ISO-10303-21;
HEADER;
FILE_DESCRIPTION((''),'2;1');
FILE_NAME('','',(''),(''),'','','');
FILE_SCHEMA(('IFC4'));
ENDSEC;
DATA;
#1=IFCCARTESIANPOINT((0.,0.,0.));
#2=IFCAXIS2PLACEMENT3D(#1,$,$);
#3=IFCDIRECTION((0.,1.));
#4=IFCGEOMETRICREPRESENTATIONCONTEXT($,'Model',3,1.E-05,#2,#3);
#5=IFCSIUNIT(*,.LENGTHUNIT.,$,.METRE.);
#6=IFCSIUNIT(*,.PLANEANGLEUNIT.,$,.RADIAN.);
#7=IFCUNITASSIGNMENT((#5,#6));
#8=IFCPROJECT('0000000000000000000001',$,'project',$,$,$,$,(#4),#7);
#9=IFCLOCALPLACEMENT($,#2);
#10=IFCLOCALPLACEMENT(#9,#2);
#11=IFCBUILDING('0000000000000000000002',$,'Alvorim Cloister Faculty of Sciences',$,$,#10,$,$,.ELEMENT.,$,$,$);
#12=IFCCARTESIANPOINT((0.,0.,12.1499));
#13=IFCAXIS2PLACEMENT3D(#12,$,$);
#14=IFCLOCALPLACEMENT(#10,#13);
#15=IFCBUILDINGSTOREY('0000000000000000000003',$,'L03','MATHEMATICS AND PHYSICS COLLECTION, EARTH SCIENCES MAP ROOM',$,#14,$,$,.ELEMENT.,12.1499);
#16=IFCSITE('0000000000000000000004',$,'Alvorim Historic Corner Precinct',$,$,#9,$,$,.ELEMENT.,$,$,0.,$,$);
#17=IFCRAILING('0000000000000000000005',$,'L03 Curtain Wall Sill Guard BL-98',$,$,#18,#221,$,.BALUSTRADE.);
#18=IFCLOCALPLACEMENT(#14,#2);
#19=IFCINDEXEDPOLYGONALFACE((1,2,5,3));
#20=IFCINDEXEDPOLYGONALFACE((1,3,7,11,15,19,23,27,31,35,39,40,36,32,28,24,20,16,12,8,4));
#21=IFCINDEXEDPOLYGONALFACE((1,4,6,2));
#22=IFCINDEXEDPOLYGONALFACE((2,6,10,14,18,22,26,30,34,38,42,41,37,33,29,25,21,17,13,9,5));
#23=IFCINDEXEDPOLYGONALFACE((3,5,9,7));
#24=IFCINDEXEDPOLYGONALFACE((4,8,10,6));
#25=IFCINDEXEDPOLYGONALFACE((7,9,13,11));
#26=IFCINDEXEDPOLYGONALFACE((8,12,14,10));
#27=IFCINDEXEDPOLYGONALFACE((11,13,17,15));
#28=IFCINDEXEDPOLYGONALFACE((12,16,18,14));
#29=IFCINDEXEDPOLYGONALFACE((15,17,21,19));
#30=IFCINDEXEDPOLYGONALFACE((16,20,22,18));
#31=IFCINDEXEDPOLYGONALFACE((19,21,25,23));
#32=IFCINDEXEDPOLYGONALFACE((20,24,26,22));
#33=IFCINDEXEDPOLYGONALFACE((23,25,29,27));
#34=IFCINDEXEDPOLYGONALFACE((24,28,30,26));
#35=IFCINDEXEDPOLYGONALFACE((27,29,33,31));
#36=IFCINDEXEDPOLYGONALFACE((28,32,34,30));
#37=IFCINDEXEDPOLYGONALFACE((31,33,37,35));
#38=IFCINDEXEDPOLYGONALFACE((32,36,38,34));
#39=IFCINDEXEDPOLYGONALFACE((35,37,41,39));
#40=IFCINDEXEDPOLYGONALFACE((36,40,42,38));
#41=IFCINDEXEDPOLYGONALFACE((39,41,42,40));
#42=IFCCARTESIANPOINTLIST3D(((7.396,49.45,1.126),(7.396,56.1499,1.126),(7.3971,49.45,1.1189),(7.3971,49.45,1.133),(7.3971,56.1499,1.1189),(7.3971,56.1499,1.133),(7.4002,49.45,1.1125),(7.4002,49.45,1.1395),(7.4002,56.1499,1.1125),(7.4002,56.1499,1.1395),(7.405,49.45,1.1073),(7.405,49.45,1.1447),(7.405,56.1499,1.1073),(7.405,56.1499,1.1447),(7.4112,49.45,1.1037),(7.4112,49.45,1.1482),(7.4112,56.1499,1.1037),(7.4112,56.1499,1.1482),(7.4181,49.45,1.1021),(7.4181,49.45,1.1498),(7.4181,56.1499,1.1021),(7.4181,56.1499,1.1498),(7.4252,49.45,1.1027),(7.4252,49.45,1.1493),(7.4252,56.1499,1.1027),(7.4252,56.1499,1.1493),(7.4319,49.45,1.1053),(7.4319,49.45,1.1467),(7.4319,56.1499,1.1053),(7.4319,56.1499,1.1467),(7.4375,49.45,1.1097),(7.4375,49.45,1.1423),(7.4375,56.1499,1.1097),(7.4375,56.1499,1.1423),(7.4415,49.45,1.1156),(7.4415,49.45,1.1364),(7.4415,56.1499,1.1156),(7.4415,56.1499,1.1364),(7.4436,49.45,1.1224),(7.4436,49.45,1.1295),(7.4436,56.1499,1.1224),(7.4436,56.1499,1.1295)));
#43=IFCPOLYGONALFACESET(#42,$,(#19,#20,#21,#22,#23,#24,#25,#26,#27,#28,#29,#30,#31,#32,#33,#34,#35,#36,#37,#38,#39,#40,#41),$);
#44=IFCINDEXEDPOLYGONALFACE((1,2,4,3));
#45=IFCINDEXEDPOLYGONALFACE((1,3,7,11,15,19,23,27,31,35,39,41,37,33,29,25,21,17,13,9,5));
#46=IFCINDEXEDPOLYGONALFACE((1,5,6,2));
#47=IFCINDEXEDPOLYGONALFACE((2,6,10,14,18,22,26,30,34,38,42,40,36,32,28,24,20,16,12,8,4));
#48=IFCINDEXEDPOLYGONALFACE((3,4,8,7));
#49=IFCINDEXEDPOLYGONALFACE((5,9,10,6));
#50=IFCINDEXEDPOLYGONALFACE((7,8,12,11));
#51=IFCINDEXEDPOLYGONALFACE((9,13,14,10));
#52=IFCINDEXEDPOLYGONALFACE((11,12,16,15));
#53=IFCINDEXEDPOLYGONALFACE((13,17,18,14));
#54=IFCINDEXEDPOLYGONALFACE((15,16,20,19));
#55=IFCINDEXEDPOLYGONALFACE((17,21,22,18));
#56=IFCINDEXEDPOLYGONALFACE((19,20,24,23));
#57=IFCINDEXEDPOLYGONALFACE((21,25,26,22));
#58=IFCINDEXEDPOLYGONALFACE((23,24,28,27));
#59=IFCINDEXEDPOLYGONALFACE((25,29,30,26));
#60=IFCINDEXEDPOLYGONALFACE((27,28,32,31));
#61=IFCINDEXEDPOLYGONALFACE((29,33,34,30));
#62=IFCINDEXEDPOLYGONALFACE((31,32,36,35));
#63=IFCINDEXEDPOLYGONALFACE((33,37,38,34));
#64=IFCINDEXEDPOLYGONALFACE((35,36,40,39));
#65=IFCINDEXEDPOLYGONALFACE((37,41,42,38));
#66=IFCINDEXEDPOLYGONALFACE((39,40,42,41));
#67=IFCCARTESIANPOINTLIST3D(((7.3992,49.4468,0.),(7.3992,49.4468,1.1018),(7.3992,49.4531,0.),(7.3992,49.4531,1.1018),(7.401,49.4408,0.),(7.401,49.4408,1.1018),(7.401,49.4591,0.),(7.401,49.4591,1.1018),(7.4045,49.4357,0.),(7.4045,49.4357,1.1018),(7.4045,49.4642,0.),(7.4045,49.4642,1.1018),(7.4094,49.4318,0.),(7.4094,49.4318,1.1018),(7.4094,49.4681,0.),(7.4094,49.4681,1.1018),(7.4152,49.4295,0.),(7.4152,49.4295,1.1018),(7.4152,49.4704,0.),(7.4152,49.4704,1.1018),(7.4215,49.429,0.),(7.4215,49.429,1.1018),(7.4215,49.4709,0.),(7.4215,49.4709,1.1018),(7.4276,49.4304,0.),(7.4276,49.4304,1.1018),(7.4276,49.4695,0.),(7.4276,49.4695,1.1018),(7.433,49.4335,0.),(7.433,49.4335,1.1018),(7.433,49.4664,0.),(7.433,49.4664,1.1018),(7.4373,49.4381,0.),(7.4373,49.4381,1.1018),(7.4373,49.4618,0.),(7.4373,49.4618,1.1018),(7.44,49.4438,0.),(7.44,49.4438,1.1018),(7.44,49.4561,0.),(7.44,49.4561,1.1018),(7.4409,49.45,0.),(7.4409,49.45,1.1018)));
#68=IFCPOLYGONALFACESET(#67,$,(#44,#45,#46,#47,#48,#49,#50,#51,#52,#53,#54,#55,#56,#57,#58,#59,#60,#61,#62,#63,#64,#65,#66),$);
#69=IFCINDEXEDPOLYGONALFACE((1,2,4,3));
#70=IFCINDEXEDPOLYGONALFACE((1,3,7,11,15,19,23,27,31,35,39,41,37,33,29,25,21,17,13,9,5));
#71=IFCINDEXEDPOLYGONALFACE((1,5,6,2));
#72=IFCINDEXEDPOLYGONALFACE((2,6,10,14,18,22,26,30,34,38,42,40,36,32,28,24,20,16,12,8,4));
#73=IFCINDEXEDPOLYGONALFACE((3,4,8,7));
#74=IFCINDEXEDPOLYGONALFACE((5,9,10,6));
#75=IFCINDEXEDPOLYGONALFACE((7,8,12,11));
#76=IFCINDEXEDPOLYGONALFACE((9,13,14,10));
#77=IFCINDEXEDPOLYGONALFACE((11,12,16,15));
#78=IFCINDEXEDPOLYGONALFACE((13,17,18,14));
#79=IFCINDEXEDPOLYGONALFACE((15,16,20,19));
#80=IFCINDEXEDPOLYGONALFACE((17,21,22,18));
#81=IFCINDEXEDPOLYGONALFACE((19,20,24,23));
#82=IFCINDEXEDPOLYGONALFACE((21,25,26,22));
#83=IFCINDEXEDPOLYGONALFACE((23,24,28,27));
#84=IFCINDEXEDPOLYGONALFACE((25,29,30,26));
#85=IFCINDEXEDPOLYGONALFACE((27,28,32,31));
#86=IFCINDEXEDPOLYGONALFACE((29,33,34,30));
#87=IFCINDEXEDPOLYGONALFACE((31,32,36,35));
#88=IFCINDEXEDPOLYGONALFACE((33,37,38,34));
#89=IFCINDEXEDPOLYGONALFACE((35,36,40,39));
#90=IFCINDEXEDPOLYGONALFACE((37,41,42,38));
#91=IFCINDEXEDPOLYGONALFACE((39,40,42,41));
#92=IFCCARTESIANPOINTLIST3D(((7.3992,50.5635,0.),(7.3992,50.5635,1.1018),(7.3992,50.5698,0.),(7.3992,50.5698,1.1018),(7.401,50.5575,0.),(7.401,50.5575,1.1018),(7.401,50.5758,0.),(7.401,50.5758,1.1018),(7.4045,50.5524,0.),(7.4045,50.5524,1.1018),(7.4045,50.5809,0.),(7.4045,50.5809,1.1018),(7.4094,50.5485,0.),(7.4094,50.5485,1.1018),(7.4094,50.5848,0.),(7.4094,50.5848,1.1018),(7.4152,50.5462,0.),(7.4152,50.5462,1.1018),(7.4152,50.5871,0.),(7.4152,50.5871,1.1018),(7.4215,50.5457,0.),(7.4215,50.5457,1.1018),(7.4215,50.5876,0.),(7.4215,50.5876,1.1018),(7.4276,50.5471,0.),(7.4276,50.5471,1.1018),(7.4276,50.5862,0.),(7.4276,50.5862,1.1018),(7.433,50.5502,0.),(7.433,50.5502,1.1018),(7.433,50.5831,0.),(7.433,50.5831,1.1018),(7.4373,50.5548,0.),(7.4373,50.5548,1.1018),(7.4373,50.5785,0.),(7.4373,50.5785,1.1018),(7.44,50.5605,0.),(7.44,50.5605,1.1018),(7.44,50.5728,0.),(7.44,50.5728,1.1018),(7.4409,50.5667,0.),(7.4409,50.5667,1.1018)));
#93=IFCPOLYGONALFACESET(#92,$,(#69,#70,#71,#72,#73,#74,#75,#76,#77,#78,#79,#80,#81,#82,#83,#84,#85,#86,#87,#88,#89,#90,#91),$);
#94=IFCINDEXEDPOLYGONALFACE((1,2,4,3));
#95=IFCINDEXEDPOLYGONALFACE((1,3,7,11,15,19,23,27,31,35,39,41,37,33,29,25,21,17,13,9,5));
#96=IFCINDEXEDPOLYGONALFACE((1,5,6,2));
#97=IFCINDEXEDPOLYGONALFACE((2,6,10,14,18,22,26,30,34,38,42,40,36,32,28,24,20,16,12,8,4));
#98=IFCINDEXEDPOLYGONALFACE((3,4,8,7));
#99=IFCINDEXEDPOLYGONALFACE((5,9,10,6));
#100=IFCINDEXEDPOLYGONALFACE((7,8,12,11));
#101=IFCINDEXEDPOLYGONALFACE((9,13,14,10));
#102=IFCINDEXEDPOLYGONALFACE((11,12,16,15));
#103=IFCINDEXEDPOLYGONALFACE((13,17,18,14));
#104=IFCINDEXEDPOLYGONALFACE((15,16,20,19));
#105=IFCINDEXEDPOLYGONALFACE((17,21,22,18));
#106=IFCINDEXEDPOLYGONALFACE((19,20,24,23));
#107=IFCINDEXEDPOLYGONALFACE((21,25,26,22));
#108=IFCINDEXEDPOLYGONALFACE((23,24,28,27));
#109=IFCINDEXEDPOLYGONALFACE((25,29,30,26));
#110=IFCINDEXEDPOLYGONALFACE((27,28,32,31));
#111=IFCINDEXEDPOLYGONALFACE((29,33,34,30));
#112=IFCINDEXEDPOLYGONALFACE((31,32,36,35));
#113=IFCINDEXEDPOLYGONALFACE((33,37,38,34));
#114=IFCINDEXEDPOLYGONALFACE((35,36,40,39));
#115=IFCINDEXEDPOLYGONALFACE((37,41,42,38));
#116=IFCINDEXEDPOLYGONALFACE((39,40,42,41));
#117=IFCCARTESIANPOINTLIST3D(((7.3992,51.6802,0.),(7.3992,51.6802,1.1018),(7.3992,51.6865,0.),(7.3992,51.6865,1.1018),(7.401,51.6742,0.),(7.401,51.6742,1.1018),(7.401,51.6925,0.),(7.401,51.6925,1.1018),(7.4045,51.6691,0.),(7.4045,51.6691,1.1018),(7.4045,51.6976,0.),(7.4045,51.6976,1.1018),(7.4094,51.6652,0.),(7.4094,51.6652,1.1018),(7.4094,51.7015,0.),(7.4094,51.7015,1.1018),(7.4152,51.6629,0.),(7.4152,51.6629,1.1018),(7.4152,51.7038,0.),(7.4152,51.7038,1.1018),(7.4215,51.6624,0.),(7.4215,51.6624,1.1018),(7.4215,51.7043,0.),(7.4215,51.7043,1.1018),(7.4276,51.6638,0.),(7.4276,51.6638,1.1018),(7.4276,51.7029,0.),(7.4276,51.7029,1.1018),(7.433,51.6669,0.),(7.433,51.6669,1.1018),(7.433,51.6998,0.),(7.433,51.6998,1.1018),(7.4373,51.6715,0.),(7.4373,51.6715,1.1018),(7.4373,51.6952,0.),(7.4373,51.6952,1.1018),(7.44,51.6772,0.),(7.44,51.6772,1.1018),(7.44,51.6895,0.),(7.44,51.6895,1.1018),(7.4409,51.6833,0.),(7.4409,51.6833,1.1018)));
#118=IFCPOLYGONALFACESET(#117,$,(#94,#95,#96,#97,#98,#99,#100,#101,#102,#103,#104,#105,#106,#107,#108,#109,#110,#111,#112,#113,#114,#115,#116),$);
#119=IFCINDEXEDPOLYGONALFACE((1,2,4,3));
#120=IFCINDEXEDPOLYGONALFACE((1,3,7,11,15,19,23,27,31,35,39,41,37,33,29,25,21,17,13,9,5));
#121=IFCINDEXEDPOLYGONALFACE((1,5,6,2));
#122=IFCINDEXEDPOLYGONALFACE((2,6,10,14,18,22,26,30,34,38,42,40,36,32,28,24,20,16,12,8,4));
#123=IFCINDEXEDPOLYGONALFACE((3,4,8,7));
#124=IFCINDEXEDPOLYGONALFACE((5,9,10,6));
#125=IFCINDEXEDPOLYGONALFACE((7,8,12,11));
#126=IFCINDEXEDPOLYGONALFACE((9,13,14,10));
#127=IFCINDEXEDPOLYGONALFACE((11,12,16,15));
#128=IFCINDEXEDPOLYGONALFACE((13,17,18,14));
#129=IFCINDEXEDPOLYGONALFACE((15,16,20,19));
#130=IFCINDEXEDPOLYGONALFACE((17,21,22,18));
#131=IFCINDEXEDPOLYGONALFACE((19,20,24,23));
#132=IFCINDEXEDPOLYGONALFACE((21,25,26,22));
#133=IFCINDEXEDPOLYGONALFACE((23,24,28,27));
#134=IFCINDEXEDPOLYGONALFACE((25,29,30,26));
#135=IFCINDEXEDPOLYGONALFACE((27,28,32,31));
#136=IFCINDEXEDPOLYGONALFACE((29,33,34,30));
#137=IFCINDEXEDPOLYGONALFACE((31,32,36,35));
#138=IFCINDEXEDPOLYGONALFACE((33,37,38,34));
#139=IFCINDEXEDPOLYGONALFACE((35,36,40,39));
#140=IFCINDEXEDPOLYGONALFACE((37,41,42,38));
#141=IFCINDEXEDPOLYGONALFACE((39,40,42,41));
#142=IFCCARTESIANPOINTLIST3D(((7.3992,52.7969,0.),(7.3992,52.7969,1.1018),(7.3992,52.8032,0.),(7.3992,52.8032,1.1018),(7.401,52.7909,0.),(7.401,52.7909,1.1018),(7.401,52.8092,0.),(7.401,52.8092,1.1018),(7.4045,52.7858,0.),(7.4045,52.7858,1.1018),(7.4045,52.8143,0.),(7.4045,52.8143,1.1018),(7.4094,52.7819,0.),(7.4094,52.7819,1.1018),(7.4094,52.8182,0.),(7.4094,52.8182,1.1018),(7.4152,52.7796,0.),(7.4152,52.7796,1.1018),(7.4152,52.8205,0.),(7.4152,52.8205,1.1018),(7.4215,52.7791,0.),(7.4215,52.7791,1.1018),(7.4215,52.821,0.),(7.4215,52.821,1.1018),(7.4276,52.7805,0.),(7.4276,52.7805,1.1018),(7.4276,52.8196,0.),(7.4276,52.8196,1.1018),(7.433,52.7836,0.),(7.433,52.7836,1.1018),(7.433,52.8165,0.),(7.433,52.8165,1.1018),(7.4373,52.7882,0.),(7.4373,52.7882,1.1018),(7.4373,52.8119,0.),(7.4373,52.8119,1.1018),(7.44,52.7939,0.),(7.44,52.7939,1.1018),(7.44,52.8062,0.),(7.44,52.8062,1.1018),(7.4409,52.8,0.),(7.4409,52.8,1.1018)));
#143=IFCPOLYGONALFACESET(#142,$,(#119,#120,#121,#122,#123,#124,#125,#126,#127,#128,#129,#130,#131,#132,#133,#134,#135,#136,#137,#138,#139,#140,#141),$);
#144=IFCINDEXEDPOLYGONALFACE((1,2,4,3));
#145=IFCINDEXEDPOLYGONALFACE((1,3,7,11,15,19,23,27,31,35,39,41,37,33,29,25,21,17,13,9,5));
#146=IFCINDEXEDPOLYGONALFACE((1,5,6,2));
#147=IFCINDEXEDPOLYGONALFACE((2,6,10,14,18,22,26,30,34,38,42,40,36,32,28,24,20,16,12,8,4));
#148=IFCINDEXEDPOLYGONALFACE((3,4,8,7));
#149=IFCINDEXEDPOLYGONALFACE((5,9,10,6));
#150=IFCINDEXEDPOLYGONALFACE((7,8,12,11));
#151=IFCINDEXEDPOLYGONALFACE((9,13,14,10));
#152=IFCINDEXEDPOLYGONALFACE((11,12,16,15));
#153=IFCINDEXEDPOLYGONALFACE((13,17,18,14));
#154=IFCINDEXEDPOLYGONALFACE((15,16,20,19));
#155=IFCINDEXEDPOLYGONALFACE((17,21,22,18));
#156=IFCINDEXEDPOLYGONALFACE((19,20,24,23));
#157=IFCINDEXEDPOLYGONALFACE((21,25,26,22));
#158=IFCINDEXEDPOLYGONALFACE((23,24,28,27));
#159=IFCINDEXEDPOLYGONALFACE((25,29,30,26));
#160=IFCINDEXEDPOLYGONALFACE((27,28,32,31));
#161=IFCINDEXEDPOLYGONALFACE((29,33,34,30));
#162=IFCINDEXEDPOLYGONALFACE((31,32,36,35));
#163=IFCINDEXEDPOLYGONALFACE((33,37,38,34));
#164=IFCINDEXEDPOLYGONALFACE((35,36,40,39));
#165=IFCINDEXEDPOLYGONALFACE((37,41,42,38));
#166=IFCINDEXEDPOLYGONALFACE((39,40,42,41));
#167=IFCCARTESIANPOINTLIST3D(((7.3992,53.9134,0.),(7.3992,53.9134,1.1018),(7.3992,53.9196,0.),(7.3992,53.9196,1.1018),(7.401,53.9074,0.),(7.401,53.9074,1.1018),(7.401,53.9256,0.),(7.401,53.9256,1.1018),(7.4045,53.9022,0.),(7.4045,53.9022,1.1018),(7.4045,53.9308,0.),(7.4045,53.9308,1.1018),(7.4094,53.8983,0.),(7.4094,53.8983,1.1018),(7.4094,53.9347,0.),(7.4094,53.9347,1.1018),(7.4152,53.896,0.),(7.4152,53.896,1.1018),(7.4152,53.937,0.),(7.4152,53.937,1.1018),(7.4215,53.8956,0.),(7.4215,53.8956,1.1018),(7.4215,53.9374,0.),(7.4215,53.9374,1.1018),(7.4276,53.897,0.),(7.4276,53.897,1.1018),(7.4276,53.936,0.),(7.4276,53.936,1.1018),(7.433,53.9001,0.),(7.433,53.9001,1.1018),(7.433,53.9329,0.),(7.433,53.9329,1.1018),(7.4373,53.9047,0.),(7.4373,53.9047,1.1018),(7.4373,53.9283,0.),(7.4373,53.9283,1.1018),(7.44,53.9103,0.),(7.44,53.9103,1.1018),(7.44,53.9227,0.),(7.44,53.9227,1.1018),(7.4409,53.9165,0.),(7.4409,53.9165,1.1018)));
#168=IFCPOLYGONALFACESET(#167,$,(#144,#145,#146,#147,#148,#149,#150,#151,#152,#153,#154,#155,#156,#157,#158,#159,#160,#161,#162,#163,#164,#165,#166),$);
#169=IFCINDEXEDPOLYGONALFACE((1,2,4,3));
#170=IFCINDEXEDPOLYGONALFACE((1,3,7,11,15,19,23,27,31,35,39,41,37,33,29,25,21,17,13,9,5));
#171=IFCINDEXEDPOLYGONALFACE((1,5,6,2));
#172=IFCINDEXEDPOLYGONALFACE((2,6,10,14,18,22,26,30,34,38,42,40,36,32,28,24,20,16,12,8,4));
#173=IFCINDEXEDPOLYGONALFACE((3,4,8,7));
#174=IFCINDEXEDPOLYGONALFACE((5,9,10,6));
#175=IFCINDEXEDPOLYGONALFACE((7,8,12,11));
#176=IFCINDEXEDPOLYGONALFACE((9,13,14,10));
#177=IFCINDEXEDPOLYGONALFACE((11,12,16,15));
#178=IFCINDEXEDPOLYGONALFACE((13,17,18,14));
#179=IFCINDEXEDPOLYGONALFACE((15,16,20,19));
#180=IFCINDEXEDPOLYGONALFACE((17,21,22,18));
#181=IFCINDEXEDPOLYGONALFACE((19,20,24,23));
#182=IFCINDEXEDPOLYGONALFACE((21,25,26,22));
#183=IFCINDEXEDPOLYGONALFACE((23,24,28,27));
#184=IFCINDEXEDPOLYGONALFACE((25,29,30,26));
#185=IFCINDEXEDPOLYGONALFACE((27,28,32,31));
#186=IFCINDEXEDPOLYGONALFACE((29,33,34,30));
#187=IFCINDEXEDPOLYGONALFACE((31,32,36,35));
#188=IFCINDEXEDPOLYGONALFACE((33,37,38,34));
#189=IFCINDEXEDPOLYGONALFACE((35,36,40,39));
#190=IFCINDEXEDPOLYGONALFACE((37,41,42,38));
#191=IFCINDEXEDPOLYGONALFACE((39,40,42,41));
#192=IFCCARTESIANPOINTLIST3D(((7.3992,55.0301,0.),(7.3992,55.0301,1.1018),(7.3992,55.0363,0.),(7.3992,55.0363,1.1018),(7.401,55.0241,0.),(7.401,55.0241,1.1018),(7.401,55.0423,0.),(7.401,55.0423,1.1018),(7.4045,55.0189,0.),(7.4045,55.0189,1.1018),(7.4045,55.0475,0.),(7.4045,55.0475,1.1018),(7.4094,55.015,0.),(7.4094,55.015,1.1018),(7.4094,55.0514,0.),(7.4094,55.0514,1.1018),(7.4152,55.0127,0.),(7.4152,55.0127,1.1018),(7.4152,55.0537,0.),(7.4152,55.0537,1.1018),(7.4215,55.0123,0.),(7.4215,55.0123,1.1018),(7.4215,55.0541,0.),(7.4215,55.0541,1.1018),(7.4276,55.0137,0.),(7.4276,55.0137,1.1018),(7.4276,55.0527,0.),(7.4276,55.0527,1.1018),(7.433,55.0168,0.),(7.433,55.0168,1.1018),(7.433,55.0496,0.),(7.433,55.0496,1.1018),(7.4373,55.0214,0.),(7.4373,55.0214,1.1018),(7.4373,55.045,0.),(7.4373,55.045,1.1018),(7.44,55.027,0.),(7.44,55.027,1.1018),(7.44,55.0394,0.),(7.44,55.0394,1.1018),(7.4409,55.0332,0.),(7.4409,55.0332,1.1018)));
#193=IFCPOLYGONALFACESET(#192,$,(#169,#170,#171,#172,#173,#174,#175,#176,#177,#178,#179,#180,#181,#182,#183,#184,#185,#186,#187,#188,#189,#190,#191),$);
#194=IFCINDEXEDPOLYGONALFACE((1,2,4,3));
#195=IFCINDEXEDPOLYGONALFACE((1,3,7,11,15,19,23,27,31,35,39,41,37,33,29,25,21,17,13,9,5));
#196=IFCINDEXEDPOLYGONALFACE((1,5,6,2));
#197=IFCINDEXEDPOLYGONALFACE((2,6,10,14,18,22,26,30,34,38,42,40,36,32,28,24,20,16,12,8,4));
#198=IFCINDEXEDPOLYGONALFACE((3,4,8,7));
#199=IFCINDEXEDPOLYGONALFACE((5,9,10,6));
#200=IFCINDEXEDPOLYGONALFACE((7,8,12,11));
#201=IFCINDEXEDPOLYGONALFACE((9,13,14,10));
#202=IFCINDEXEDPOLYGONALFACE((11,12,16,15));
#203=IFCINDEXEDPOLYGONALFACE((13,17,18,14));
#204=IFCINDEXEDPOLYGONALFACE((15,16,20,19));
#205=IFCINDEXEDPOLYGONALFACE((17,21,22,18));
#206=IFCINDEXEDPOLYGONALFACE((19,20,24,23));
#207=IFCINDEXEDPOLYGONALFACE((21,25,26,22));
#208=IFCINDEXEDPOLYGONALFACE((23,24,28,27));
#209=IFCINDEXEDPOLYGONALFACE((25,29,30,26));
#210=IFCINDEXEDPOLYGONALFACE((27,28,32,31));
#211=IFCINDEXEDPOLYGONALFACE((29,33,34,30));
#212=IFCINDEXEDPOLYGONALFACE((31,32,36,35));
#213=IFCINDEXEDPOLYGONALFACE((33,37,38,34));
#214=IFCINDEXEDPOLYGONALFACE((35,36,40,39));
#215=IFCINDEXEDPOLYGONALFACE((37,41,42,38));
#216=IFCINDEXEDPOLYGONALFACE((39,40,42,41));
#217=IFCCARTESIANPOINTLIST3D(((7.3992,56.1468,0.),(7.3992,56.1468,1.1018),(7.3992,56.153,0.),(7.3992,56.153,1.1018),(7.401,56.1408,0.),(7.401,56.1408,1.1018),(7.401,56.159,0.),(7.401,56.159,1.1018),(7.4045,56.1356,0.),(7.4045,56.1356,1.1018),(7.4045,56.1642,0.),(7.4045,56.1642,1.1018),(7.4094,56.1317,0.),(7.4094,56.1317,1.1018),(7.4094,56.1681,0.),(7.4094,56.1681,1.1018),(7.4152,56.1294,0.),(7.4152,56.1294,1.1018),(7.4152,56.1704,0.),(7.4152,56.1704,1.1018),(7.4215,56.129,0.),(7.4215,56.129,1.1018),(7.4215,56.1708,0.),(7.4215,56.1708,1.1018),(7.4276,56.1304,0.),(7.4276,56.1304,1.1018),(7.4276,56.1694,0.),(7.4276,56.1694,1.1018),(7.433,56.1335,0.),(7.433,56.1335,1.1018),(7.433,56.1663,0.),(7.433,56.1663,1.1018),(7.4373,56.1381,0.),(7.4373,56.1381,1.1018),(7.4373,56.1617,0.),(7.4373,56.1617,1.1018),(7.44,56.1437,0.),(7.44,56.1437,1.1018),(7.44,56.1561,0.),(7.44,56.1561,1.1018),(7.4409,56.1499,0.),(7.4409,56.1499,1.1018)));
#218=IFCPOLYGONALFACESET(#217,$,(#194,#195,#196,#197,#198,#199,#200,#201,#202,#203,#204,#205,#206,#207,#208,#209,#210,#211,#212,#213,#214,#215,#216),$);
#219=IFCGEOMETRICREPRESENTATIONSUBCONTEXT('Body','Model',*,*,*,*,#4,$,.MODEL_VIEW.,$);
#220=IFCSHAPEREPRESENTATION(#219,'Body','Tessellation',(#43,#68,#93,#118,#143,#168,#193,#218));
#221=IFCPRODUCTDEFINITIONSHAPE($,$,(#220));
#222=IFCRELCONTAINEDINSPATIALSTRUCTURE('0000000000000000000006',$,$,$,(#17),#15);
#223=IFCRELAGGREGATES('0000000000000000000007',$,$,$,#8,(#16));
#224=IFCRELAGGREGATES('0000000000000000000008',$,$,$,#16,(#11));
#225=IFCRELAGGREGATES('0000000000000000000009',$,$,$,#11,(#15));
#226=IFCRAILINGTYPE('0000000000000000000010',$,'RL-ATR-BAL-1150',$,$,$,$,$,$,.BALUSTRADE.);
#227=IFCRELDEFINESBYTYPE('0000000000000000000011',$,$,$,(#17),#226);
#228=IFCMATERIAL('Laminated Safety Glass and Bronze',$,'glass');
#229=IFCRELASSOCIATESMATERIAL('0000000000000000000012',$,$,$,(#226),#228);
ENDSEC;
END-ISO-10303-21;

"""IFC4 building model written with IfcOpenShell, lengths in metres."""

from ifc_helpers import new_model, si_unit, direction, frame, origin, origin_2d, place, context, subcontext, project, spatial, circle, extrude, material, type_object, element, save


model = new_model("IFC4")

# Units and contexts
model_context = context("Model", 3, precision=1e-05, world=origin(), true_north=direction((0.0, 1.0)))
body_context = subcontext(model_context, "Body", "Model", "MODEL_VIEW")
ifc_project = project(units=[si_unit("LENGTHUNIT", "METRE"), si_unit("PLANEANGLEUNIT", "RADIAN")], contexts=[model_context])

# Site, building, storey
site_placement = place(None, origin())
site = spatial("IfcSite", under=ifc_project, at=site_placement, Name="Alvorim Historic Corner Precinct", CompositionType="ELEMENT", RefElevation=0.0)
building_placement = place(site_placement, origin())
building = spatial("IfcBuilding", under=site, at=building_placement, Name="Alvorim Cloister Faculty of Sciences", CompositionType="ELEMENT")
storey_placement = place(building_placement, frame((0.0, 0.0, 12.1499)))
storey = spatial("IfcBuildingStorey", under=building, at=storey_placement, Name="L03", Description="MATHEMATICS AND PHYSICS COLLECTION, EARTH SCIENCES MAP ROOM", CompositionType="ELEMENT", Elevation=12.1499)

# Railing
ifc_material_1 = material(Name="Laminated Safety Glass and Bronze", Category="glass")
railing_type_1 = type_object("IfcRailingType", Name="RL-ATR-BAL-1150", PredefinedType="BALUSTRADE", material=ifc_material_1)
railing_1_placement = place(storey_placement, frame((7.4199, 49.45, 0.0)))
element("IfcRailing", 1, at=railing_1_placement, inside=storey, type_object=railing_type_1, Name="L03 Curtain Wall Sill Guard BL-98", PredefinedType="BALUSTRADE", context=body_context, shape_type="SweptSolid", body=[
    extrude(circle(Radius=0.0239, at=origin_2d()), frame((0.0, 0.0, 1.126), z_axis=(0.0, 1.0, 0.0), x_axis=(-1.0, 0.0, 0.0)), (0.0, 0.0, 1.0), 6.7),
    extrude(circle(Radius=0.021, at=origin_2d()), origin(), (0.0, 0.0, 1.0), 1.1018),
    extrude(circle(Radius=0.021, at=origin_2d()), frame((0.0, 1.1167, 0.0)), (0.0, 0.0, 1.0), 1.1018),
    extrude(circle(Radius=0.021, at=origin_2d()), frame((0.0, 2.2334, 0.0)), (0.0, 0.0, 1.0), 1.1018),
    extrude(circle(Radius=0.021, at=origin_2d()), frame((0.0, 3.3501, 0.0)), (0.0, 0.0, 1.0), 1.1018),
    extrude(circle(Radius=0.021, at=origin_2d()), frame((0.0, 4.4666, 0.0)), (0.0, 0.0, 1.0), 1.1018),
    extrude(circle(Radius=0.021, at=origin_2d()), frame((0.0, 5.5833, 0.0)), (0.0, 0.0, 1.0), 1.1018),
    extrude(circle(Radius=0.021, at=origin_2d()), frame((0.0, 6.7, 0.0)), (0.0, 0.0, 1.0), 1.1018),
])

save(model, "model.ifc")
